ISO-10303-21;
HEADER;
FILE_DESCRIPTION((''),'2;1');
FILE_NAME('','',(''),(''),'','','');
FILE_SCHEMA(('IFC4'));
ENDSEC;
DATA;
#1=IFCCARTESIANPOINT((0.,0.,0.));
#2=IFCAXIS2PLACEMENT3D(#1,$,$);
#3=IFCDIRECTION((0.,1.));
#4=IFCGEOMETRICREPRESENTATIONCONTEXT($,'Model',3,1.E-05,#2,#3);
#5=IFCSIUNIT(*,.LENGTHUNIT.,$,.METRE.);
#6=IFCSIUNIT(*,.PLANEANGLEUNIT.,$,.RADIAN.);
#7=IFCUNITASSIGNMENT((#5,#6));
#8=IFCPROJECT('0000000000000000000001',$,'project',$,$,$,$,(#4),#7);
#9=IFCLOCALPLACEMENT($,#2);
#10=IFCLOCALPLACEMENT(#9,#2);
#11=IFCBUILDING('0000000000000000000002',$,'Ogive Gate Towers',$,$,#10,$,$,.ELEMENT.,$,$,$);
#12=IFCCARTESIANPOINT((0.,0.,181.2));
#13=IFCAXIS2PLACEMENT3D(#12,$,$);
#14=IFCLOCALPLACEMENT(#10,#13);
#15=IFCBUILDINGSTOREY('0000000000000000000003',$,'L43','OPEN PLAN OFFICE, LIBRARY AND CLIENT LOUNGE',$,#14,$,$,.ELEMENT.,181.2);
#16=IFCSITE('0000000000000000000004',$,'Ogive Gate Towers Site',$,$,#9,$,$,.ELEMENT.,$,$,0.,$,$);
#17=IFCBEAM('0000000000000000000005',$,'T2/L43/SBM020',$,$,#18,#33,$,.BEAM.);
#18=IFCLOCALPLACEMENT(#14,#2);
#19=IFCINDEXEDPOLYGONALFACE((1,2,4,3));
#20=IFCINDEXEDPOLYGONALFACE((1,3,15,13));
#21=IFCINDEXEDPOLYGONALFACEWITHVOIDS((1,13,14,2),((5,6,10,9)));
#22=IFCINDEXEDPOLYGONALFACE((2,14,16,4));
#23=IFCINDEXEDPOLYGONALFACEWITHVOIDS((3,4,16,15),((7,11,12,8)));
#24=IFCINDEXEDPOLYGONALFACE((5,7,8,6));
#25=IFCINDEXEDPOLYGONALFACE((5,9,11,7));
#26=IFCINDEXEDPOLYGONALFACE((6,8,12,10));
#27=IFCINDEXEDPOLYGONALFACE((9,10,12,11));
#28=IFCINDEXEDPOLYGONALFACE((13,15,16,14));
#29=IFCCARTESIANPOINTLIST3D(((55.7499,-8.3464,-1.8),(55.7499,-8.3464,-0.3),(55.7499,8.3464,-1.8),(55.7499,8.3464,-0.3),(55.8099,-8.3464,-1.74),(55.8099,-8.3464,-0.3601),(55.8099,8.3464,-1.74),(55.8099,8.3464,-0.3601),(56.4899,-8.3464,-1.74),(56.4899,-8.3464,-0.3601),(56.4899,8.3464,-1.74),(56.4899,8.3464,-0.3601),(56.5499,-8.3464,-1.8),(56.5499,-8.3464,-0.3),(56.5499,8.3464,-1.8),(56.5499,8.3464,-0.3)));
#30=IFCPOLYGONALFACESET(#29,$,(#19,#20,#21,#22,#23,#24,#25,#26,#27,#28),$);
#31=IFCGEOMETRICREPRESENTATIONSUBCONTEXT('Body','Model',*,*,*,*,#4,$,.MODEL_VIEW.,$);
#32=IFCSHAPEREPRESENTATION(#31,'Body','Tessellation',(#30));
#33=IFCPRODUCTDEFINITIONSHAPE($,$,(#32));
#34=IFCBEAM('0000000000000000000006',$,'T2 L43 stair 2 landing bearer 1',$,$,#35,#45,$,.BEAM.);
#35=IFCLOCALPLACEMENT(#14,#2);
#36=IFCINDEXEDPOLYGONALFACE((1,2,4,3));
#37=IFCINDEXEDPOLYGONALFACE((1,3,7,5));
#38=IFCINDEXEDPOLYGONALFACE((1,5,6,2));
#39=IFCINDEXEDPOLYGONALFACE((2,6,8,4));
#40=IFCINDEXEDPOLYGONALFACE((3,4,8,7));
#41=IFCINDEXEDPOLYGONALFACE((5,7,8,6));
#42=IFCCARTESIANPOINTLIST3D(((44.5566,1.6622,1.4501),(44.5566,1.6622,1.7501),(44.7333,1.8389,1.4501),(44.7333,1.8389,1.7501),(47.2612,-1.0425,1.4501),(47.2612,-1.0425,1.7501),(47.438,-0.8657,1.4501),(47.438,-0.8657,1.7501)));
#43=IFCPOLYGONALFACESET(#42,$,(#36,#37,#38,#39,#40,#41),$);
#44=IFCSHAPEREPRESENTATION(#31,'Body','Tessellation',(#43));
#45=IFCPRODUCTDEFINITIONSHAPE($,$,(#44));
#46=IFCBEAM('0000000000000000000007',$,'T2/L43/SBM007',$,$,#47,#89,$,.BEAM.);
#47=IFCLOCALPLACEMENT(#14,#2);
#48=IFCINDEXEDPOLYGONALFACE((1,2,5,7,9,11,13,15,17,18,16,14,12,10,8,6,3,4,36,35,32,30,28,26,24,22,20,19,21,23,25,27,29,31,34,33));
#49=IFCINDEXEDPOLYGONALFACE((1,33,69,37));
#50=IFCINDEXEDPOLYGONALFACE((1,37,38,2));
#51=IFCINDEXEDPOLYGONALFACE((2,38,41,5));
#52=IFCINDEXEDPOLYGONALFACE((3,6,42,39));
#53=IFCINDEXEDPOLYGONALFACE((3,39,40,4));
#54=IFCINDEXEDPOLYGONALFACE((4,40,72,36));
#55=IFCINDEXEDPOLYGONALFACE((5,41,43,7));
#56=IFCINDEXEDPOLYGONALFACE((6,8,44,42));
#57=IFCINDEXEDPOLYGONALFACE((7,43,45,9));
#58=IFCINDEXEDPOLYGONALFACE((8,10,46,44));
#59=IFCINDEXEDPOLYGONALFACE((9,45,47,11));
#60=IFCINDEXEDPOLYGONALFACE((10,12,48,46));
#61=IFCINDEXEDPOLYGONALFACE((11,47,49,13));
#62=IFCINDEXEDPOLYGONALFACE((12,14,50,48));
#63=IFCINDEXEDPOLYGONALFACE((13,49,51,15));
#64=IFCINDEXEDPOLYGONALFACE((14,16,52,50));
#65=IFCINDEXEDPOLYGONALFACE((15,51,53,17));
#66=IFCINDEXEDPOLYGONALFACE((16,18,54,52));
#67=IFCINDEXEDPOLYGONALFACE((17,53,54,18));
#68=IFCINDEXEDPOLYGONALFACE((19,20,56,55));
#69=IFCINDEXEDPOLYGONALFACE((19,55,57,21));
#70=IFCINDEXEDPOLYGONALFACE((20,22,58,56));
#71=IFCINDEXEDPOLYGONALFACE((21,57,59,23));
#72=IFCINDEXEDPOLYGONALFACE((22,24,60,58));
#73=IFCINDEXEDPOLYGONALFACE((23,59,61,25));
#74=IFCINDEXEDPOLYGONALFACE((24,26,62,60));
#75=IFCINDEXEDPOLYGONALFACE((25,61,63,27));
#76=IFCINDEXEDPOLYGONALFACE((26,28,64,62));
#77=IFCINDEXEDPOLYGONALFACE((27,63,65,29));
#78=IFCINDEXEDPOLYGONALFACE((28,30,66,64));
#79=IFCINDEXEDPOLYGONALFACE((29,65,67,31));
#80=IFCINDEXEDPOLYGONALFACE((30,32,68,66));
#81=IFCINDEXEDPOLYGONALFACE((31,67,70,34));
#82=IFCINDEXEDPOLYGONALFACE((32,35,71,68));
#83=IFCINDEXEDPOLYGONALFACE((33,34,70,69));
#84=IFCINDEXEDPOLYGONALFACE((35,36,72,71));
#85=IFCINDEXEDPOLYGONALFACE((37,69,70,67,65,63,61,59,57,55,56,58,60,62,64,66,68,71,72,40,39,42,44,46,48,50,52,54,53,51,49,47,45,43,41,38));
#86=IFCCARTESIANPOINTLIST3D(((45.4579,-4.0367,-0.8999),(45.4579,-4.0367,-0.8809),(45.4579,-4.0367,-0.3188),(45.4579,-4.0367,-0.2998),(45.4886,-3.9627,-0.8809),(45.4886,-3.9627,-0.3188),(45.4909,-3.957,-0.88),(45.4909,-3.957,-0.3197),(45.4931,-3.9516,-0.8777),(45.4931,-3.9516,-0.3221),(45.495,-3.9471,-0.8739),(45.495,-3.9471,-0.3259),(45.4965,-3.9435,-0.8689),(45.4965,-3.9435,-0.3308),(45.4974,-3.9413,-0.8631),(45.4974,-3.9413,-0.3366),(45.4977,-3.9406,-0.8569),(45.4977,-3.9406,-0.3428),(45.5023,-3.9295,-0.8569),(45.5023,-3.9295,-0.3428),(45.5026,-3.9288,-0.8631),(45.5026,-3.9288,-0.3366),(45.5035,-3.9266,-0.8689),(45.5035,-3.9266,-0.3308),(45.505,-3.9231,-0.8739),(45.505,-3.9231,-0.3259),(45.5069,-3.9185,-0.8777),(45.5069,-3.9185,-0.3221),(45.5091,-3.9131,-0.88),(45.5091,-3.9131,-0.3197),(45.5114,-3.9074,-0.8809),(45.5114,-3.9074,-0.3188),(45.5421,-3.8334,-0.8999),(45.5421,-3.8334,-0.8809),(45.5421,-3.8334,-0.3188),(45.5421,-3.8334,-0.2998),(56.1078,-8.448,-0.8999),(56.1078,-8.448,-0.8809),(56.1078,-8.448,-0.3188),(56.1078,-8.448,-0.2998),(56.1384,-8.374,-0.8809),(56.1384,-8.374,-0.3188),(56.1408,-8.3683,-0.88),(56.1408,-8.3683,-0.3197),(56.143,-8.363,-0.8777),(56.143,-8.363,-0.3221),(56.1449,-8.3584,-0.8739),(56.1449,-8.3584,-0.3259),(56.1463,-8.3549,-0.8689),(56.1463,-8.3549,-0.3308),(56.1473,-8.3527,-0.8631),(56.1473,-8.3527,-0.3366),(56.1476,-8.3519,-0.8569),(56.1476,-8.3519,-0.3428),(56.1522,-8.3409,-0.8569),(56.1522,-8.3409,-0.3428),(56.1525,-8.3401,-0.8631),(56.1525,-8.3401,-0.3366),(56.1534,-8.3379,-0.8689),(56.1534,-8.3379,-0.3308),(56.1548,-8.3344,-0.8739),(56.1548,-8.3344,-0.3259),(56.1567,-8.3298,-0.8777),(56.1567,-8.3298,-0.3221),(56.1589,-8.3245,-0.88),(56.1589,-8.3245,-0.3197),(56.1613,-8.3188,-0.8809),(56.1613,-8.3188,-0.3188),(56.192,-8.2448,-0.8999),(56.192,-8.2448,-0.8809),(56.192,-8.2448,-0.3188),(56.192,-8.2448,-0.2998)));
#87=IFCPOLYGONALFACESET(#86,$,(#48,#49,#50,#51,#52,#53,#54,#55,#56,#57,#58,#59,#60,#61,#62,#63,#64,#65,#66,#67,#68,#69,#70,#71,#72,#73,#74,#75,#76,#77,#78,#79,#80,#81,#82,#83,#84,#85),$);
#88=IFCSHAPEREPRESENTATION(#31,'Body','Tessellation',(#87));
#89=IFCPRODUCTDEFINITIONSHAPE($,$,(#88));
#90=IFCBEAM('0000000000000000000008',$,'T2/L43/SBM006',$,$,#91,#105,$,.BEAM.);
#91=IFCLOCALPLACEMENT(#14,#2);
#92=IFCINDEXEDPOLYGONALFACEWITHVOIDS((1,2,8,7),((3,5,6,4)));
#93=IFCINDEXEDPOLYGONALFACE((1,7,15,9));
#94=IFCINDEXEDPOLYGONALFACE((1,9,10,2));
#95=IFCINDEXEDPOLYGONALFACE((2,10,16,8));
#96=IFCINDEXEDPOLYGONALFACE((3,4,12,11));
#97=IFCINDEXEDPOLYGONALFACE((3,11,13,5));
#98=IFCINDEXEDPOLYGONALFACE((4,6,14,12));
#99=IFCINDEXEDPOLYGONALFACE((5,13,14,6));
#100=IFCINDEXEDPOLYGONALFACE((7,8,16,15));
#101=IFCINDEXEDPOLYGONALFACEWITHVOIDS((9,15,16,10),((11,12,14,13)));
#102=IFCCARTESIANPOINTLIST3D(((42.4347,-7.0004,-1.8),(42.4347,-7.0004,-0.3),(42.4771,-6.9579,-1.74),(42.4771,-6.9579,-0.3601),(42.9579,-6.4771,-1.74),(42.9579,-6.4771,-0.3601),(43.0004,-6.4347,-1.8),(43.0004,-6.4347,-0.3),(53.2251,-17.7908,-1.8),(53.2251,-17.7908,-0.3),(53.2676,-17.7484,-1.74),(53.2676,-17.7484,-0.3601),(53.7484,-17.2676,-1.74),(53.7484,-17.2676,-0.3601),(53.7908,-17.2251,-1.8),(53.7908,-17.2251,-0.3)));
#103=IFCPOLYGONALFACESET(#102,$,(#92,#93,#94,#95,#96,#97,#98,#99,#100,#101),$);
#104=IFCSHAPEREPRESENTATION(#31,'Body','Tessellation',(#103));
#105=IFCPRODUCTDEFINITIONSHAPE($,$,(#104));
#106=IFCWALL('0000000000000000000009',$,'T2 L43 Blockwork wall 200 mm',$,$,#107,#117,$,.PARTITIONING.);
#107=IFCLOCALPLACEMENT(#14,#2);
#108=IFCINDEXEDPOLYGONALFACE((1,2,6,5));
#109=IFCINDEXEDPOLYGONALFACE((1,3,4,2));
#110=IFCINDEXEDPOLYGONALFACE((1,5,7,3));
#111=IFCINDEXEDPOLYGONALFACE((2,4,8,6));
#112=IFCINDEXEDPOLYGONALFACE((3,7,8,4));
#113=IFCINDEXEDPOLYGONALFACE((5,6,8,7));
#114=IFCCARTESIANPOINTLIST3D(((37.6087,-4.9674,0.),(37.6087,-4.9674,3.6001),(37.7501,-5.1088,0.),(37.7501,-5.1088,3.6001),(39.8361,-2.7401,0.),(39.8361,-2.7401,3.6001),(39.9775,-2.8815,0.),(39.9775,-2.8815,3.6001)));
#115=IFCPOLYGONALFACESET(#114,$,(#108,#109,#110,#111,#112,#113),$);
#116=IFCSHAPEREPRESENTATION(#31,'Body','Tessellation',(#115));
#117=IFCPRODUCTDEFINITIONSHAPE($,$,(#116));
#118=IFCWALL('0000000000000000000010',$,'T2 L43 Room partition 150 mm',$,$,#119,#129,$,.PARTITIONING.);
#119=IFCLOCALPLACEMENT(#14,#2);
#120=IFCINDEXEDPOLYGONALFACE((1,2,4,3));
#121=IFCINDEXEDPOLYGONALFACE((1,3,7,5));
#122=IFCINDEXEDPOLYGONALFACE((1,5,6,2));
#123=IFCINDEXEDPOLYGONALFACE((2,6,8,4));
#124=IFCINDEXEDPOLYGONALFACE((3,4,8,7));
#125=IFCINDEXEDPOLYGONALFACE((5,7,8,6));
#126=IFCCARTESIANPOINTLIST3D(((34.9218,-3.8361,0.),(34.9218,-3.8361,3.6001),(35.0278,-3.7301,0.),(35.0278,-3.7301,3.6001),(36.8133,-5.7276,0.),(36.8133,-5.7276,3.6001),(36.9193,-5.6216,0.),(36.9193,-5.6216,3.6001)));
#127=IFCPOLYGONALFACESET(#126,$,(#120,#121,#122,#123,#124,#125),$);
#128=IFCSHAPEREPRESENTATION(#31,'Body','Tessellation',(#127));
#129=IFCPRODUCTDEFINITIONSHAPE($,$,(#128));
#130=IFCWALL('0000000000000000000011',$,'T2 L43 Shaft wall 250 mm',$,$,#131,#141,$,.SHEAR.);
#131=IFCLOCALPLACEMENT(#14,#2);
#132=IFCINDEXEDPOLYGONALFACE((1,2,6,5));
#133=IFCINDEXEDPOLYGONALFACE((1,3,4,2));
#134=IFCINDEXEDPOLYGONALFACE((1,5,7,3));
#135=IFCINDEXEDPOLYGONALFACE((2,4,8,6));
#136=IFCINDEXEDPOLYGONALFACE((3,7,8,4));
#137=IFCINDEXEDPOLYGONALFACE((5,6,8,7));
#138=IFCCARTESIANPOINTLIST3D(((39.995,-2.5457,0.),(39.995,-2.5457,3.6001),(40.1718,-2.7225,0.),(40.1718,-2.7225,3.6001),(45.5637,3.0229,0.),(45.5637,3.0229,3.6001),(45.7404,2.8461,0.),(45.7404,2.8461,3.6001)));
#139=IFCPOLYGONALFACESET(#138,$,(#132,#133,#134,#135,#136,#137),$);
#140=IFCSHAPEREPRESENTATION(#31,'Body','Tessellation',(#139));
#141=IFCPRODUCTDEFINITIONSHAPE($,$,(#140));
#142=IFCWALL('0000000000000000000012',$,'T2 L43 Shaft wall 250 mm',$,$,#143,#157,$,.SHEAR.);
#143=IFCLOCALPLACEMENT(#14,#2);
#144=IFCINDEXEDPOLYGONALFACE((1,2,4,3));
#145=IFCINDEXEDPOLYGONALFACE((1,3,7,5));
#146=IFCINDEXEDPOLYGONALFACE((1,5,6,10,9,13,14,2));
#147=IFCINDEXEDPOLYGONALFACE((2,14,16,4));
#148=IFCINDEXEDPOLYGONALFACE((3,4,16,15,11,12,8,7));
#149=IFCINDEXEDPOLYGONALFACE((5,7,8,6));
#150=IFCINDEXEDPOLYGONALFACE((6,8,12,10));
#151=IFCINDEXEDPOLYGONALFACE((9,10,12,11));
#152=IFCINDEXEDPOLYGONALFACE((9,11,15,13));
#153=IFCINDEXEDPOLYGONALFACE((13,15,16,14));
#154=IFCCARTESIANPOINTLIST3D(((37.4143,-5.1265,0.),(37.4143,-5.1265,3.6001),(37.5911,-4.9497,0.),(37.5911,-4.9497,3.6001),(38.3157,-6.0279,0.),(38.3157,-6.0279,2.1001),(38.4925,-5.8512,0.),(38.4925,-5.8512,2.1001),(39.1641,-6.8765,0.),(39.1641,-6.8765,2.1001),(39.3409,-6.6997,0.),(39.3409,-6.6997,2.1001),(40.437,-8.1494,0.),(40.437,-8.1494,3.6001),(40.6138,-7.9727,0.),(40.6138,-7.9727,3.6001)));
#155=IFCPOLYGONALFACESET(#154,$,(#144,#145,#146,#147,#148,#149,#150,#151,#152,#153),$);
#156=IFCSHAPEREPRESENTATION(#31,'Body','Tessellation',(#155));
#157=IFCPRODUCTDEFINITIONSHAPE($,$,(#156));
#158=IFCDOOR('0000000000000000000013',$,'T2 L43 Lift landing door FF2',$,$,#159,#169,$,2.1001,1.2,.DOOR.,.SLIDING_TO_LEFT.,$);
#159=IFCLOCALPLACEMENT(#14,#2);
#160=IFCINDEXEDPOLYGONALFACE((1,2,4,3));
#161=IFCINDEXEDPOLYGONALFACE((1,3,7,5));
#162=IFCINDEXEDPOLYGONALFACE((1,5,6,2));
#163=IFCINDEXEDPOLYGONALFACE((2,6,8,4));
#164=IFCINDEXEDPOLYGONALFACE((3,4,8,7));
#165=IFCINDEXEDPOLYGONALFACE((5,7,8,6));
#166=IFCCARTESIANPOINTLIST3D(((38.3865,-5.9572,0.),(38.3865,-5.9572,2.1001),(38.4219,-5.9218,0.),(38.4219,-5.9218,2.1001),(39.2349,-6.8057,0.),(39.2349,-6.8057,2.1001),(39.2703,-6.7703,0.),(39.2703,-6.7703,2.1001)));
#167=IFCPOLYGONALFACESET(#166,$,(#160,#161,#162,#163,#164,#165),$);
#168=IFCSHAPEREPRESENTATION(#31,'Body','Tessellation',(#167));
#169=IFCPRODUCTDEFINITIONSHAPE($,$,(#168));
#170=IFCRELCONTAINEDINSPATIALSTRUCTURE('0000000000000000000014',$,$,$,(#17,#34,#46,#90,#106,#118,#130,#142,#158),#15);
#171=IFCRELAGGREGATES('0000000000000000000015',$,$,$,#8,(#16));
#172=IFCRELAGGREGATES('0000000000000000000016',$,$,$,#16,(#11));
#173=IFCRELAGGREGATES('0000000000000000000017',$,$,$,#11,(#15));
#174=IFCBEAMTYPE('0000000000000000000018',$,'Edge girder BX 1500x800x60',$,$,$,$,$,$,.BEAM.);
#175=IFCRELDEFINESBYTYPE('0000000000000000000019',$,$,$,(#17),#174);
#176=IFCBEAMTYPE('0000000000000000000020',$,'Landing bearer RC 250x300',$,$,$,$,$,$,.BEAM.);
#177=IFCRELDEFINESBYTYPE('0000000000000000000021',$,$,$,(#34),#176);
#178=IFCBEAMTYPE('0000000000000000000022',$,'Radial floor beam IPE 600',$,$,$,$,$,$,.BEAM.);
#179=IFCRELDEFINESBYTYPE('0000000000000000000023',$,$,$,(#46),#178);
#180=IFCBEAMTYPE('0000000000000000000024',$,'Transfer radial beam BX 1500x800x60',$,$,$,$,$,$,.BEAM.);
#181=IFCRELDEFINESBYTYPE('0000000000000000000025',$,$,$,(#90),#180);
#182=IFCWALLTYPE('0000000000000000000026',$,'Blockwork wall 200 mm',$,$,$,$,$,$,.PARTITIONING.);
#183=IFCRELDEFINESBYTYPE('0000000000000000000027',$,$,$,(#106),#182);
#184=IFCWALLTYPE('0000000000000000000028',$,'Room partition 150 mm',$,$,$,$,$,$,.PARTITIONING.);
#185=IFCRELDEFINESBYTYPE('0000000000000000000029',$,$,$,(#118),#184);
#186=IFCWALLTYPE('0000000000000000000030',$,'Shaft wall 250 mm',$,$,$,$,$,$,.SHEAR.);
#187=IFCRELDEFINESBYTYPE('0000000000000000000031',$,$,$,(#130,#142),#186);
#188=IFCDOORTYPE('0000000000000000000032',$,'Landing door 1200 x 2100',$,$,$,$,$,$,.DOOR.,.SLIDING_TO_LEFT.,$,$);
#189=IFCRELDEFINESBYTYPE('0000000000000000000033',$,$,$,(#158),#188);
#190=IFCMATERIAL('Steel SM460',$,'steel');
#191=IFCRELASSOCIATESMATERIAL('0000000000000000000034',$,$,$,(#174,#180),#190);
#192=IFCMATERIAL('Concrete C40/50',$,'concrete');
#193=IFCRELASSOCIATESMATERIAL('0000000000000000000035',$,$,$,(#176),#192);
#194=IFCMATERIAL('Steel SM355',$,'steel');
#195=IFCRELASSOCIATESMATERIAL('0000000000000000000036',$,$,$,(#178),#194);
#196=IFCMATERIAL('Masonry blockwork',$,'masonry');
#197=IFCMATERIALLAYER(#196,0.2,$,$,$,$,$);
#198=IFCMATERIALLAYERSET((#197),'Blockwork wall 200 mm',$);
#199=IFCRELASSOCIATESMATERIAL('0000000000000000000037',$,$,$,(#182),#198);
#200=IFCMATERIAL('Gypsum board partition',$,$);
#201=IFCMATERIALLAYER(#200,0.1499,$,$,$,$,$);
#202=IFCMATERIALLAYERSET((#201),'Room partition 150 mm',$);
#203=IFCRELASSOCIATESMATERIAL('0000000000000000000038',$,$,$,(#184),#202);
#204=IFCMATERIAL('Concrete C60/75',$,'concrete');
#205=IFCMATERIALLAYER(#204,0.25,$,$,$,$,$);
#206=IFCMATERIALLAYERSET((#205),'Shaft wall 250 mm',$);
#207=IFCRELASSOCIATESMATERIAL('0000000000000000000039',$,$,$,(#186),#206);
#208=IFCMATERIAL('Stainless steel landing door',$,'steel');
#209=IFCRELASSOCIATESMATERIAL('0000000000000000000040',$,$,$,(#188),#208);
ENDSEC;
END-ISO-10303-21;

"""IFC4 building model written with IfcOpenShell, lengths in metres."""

from ifc_helpers import new_model, si_unit, direction, frame, frame_2d, origin, origin_2d, place, context, subcontext, project, spatial, rectangle, hollow_rectangle, i_section, extrude, material, layer, layer_set, material_profile, profile_set, type_object, element, fill, save


model = new_model("IFC4")

# Units and contexts
model_context = context("Model", 3, precision=1e-05, world=origin(), true_north=direction((0.0, 1.0)))
body_context = subcontext(model_context, "Body", "Model", "MODEL_VIEW")
ifc_project = project(units=[si_unit("LENGTHUNIT", "METRE"), si_unit("PLANEANGLEUNIT", "RADIAN")], contexts=[model_context])

# Site, building, storey
site_placement = place(None, origin())
site = spatial("IfcSite", under=ifc_project, at=site_placement, Name="Ogive Gate Towers Site", CompositionType="ELEMENT", RefElevation=0.0)
building_placement = place(site_placement, origin())
building = spatial("IfcBuilding", under=site, at=building_placement, Name="Ogive Gate Towers", CompositionType="ELEMENT")
storey_placement = place(building_placement, frame((0.0, 0.0, 181.2)))
storey = spatial("IfcBuildingStorey", under=building, at=storey_placement, Name="L43", Description="OPEN PLAN OFFICE, LIBRARY AND CLIENT LOUNGE", CompositionType="ELEMENT", Elevation=181.2)

# Beams
ifc_material_1 = material(Name="Steel SM460", Category="steel")
ifc_material_profile_1 = material_profile(ifc_material_1, hollow_rectangle(XDim=0.8, YDim=1.5, WallThickness=0.0601, at=origin_2d()), Name="BX 1500x800x60")
ifc_profile_set_1 = profile_set([ifc_material_profile_1], Name="Steel SM460")
beam_type_1 = type_object("IfcBeamType", Name="Edge girder BX 1500x800x60", PredefinedType="BEAM", material=ifc_profile_set_1)
beam_1_placement = place(storey_placement, frame((56.1499, -8.3464, -1.05), z_axis=(0.0, 1.0, 0.0), x_axis=(-1.0, 0.0, 0.0)))
element("IfcBeam", 1, at=beam_1_placement, inside=storey, type_object=beam_type_1, Name="T2/L43/SBM020", PredefinedType="BEAM", context=body_context, shape_type="SweptSolid", body=[
    extrude(hollow_rectangle(XDim=0.8, YDim=1.5, WallThickness=0.0601, at=origin_2d()), origin(), (0.0, 0.0, 1.0), 16.6929),
])
ifc_material_2 = material(Name="Concrete C40/50", Category="concrete")
ifc_material_profile_2 = material_profile(ifc_material_2, rectangle(XDim=0.25, YDim=0.3, at=origin_2d()), Name="RC 250x300")
ifc_profile_set_2 = profile_set([ifc_material_profile_2], Name="Concrete C40/50")
beam_type_2 = type_object("IfcBeamType", Name="Landing bearer RC 250x300", PredefinedType="BEAM", material=ifc_profile_set_2)
beam_2_placement = place(storey_placement, frame((47.3496, -0.9541, 1.6001), z_axis=(-0.707107, 0.707107, 0.0), x_axis=(-0.707107, -0.707107, 0.0)))
element("IfcBeam", 2, at=beam_2_placement, inside=storey, type_object=beam_type_2, Name="T2 L43 stair 2 landing bearer 1", PredefinedType="BEAM", context=body_context, shape_type="SweptSolid", body=[
    extrude(rectangle(XDim=0.25, YDim=0.3, at=origin_2d()), origin(), (0.0, 0.0, 1.0), 3.825),
])
ifc_material_3 = material(Name="Steel SM355", Category="steel")
ifc_material_profile_3 = material_profile(ifc_material_3, i_section(OverallWidth=0.22, OverallDepth=0.6001, WebThickness=0.012, FlangeThickness=0.019, FilletRadius=0.0239, at=origin_2d()), Name="IPE 600")
ifc_profile_set_3 = profile_set([ifc_material_profile_3], Name="Steel SM355")
beam_type_3 = type_object("IfcBeamType", Name="Radial floor beam IPE 600", PredefinedType="BEAM", material=ifc_profile_set_3)
beam_3_placement = place(storey_placement, frame((45.5, -3.9351, -0.5999), z_axis=(0.923878, -0.382687, 0.0), x_axis=(0.382687, 0.923878, 0.0)))
element("IfcBeam", 3, at=beam_3_placement, inside=storey, type_object=beam_type_3, Name="T2/L43/SBM007", PredefinedType="BEAM", context=body_context, shape_type="SweptSolid", body=[
    extrude(i_section(OverallWidth=0.22, OverallDepth=0.6001, WebThickness=0.012, FlangeThickness=0.019, FilletRadius=0.0239, at=origin_2d()), origin(), (0.0, 0.0, 1.0), 11.5273),
])
ifc_material_profile_4 = material_profile(ifc_material_1, hollow_rectangle(XDim=0.8, YDim=1.5, WallThickness=0.0601, at=origin_2d()), Name="BX 1500x800x60")
ifc_profile_set_4 = profile_set([ifc_material_profile_4], Name="Steel SM460")
beam_type_4 = type_object("IfcBeamType", Name="Transfer radial beam BX 1500x800x60", PredefinedType="BEAM", material=ifc_profile_set_4)
beam_4_placement = place(storey_placement, frame((42.7175, -6.7175, -1.05), z_axis=(0.707107, -0.707107, 0.0), x_axis=(0.707107, 0.707107, 0.0)))
element("IfcBeam", 4, at=beam_4_placement, inside=storey, type_object=beam_type_4, Name="T2/L43/SBM006", PredefinedType="BEAM", context=body_context, shape_type="SweptSolid", body=[
    extrude(hollow_rectangle(XDim=0.8, YDim=1.5, WallThickness=0.0601, at=origin_2d()), origin(), (0.0, 0.0, 1.0), 15.26),
])

# Walls
ifc_material_4 = material(Name="Masonry blockwork", Category="masonry")
ifc_layer_1 = layer(ifc_material_4, 0.2)
ifc_layer_set_1 = layer_set([ifc_layer_1], Name="Blockwork wall 200 mm")
wall_type_1 = type_object("IfcWallType", Name="Blockwork wall 200 mm", PredefinedType="PARTITIONING", material=ifc_layer_set_1)
wall_1_placement = place(storey_placement, frame((37.6794, -5.0381, 0.0), z_axis=(0.0, 0.0, 1.0), x_axis=(0.707107, 0.707107, 0.0)))
element("IfcWall", 5, at=wall_1_placement, inside=storey, type_object=wall_type_1, Name="T2 L43 Blockwork wall 200 mm", PredefinedType="PARTITIONING", context=body_context, shape_type="SweptSolid", body=[
    extrude(rectangle(XDim=3.1499, YDim=0.2, at=frame_2d((1.575, 0.0))), origin(), (0.0, 0.0, 1.0), 3.6001),
])
ifc_material_5 = material(Name="Gypsum board partition")
ifc_layer_2 = layer(ifc_material_5, 0.1499)
ifc_layer_set_2 = layer_set([ifc_layer_2], Name="Room partition 150 mm")
wall_type_2 = type_object("IfcWallType", Name="Room partition 150 mm", PredefinedType="PARTITIONING", material=ifc_layer_set_2)
wall_2_placement = place(storey_placement, frame((36.8662, -5.6746, 0.0), z_axis=(0.0, 0.0, 1.0), x_axis=(-0.707107, 0.707107, 0.0)))
element("IfcWall", 6, at=wall_2_placement, inside=storey, type_object=wall_type_2, Name="T2 L43 Room partition 150 mm", PredefinedType="PARTITIONING", context=body_context, shape_type="SweptSolid", body=[
    extrude(rectangle(XDim=2.675, YDim=0.1499, at=frame_2d((1.3374, 0.0))), origin(), (0.0, 0.0, 1.0), 3.6001),
])
ifc_material_6 = material(Name="Concrete C60/75", Category="concrete")
ifc_layer_3 = layer(ifc_material_6, 0.25)
ifc_layer_set_3 = layer_set([ifc_layer_3], Name="Shaft wall 250 mm")
wall_type_3 = type_object("IfcWallType", Name="Shaft wall 250 mm", PredefinedType="SHEAR", material=ifc_layer_set_3)
wall_3_placement = place(storey_placement, frame((40.0835, -2.634, 0.0), z_axis=(0.0, 0.0, 1.0), x_axis=(0.707107, 0.707107, 0.0)))
element("IfcWall", 7, at=wall_3_placement, inside=storey, type_object=wall_type_3, Name="T2 L43 Shaft wall 250 mm", PredefinedType="SHEAR", context=body_context, shape_type="SweptSolid", body=[
    extrude(rectangle(XDim=7.8752, YDim=0.25, at=frame_2d((3.9375, 0.0))), origin(), (0.0, 0.0, 1.0), 3.6001),
])

# Wall, opening, door
wall_4_placement = place(storey_placement, frame((40.5254, -8.061, 0.0), z_axis=(0.0, 0.0, 1.0), x_axis=(-0.707078, 0.707135, 0.0)))
wall_4 = element("IfcWall", 8, at=wall_4_placement, inside=storey, type_object=wall_type_3, Name="T2 L43 Shaft wall 250 mm", PredefinedType="SHEAR", context=body_context, shape_type="SweptSolid", body=[
    extrude(rectangle(XDim=4.2749, YDim=0.25, at=frame_2d((2.1375, 0.0))), origin(), (0.0, 0.0, 1.0), 3.6001),
])
opening_1_placement = place(wall_4_placement, frame((1.8, 0.0, 0.0)))
opening_1 = element("IfcOpeningElement", 9, at=opening_1_placement, cuts=wall_4, PredefinedType="OPENING", context=body_context, shape_type="SweptSolid", body=[
    extrude(rectangle(XDim=1.2, YDim=2.1001, at=frame_2d((0.6001, 1.05))), frame((0.0, 0.135, 0.0), z_axis=(0.0, -1.0, 0.0), x_axis=(1.0, 0.0, 0.0)), (0.0, 0.0, 1.0), 0.27),
])
ifc_material_7 = material(Name="Stainless steel landing door", Category="steel")
door_type_1 = type_object("IfcDoorType", Name="Landing door 1200 x 2100", OperationType="SLIDING_TO_LEFT", PredefinedType="DOOR", material=ifc_material_7)
door_1_placement = place(opening_1_placement, origin())
door_1 = element("IfcDoor", 10, at=door_1_placement, inside=storey, type_object=door_type_1, Name="T2 L43 Lift landing door FF2", OperationType="SLIDING_TO_LEFT", OverallHeight=2.1001, OverallWidth=1.2, PredefinedType="DOOR", context=body_context, shape_type="SweptSolid", body=[
    extrude(rectangle(XDim=1.2, YDim=2.1001, at=frame_2d((0.6001, 1.05))), frame((0.0, 0.0249, 0.0), z_axis=(0.0, -1.0, 0.0), x_axis=(1.0, 0.0, 0.0)), (0.0, 0.0, 1.0), 0.05),
])
fill(opening_1, door_1)

save(model, "model.ifc")
